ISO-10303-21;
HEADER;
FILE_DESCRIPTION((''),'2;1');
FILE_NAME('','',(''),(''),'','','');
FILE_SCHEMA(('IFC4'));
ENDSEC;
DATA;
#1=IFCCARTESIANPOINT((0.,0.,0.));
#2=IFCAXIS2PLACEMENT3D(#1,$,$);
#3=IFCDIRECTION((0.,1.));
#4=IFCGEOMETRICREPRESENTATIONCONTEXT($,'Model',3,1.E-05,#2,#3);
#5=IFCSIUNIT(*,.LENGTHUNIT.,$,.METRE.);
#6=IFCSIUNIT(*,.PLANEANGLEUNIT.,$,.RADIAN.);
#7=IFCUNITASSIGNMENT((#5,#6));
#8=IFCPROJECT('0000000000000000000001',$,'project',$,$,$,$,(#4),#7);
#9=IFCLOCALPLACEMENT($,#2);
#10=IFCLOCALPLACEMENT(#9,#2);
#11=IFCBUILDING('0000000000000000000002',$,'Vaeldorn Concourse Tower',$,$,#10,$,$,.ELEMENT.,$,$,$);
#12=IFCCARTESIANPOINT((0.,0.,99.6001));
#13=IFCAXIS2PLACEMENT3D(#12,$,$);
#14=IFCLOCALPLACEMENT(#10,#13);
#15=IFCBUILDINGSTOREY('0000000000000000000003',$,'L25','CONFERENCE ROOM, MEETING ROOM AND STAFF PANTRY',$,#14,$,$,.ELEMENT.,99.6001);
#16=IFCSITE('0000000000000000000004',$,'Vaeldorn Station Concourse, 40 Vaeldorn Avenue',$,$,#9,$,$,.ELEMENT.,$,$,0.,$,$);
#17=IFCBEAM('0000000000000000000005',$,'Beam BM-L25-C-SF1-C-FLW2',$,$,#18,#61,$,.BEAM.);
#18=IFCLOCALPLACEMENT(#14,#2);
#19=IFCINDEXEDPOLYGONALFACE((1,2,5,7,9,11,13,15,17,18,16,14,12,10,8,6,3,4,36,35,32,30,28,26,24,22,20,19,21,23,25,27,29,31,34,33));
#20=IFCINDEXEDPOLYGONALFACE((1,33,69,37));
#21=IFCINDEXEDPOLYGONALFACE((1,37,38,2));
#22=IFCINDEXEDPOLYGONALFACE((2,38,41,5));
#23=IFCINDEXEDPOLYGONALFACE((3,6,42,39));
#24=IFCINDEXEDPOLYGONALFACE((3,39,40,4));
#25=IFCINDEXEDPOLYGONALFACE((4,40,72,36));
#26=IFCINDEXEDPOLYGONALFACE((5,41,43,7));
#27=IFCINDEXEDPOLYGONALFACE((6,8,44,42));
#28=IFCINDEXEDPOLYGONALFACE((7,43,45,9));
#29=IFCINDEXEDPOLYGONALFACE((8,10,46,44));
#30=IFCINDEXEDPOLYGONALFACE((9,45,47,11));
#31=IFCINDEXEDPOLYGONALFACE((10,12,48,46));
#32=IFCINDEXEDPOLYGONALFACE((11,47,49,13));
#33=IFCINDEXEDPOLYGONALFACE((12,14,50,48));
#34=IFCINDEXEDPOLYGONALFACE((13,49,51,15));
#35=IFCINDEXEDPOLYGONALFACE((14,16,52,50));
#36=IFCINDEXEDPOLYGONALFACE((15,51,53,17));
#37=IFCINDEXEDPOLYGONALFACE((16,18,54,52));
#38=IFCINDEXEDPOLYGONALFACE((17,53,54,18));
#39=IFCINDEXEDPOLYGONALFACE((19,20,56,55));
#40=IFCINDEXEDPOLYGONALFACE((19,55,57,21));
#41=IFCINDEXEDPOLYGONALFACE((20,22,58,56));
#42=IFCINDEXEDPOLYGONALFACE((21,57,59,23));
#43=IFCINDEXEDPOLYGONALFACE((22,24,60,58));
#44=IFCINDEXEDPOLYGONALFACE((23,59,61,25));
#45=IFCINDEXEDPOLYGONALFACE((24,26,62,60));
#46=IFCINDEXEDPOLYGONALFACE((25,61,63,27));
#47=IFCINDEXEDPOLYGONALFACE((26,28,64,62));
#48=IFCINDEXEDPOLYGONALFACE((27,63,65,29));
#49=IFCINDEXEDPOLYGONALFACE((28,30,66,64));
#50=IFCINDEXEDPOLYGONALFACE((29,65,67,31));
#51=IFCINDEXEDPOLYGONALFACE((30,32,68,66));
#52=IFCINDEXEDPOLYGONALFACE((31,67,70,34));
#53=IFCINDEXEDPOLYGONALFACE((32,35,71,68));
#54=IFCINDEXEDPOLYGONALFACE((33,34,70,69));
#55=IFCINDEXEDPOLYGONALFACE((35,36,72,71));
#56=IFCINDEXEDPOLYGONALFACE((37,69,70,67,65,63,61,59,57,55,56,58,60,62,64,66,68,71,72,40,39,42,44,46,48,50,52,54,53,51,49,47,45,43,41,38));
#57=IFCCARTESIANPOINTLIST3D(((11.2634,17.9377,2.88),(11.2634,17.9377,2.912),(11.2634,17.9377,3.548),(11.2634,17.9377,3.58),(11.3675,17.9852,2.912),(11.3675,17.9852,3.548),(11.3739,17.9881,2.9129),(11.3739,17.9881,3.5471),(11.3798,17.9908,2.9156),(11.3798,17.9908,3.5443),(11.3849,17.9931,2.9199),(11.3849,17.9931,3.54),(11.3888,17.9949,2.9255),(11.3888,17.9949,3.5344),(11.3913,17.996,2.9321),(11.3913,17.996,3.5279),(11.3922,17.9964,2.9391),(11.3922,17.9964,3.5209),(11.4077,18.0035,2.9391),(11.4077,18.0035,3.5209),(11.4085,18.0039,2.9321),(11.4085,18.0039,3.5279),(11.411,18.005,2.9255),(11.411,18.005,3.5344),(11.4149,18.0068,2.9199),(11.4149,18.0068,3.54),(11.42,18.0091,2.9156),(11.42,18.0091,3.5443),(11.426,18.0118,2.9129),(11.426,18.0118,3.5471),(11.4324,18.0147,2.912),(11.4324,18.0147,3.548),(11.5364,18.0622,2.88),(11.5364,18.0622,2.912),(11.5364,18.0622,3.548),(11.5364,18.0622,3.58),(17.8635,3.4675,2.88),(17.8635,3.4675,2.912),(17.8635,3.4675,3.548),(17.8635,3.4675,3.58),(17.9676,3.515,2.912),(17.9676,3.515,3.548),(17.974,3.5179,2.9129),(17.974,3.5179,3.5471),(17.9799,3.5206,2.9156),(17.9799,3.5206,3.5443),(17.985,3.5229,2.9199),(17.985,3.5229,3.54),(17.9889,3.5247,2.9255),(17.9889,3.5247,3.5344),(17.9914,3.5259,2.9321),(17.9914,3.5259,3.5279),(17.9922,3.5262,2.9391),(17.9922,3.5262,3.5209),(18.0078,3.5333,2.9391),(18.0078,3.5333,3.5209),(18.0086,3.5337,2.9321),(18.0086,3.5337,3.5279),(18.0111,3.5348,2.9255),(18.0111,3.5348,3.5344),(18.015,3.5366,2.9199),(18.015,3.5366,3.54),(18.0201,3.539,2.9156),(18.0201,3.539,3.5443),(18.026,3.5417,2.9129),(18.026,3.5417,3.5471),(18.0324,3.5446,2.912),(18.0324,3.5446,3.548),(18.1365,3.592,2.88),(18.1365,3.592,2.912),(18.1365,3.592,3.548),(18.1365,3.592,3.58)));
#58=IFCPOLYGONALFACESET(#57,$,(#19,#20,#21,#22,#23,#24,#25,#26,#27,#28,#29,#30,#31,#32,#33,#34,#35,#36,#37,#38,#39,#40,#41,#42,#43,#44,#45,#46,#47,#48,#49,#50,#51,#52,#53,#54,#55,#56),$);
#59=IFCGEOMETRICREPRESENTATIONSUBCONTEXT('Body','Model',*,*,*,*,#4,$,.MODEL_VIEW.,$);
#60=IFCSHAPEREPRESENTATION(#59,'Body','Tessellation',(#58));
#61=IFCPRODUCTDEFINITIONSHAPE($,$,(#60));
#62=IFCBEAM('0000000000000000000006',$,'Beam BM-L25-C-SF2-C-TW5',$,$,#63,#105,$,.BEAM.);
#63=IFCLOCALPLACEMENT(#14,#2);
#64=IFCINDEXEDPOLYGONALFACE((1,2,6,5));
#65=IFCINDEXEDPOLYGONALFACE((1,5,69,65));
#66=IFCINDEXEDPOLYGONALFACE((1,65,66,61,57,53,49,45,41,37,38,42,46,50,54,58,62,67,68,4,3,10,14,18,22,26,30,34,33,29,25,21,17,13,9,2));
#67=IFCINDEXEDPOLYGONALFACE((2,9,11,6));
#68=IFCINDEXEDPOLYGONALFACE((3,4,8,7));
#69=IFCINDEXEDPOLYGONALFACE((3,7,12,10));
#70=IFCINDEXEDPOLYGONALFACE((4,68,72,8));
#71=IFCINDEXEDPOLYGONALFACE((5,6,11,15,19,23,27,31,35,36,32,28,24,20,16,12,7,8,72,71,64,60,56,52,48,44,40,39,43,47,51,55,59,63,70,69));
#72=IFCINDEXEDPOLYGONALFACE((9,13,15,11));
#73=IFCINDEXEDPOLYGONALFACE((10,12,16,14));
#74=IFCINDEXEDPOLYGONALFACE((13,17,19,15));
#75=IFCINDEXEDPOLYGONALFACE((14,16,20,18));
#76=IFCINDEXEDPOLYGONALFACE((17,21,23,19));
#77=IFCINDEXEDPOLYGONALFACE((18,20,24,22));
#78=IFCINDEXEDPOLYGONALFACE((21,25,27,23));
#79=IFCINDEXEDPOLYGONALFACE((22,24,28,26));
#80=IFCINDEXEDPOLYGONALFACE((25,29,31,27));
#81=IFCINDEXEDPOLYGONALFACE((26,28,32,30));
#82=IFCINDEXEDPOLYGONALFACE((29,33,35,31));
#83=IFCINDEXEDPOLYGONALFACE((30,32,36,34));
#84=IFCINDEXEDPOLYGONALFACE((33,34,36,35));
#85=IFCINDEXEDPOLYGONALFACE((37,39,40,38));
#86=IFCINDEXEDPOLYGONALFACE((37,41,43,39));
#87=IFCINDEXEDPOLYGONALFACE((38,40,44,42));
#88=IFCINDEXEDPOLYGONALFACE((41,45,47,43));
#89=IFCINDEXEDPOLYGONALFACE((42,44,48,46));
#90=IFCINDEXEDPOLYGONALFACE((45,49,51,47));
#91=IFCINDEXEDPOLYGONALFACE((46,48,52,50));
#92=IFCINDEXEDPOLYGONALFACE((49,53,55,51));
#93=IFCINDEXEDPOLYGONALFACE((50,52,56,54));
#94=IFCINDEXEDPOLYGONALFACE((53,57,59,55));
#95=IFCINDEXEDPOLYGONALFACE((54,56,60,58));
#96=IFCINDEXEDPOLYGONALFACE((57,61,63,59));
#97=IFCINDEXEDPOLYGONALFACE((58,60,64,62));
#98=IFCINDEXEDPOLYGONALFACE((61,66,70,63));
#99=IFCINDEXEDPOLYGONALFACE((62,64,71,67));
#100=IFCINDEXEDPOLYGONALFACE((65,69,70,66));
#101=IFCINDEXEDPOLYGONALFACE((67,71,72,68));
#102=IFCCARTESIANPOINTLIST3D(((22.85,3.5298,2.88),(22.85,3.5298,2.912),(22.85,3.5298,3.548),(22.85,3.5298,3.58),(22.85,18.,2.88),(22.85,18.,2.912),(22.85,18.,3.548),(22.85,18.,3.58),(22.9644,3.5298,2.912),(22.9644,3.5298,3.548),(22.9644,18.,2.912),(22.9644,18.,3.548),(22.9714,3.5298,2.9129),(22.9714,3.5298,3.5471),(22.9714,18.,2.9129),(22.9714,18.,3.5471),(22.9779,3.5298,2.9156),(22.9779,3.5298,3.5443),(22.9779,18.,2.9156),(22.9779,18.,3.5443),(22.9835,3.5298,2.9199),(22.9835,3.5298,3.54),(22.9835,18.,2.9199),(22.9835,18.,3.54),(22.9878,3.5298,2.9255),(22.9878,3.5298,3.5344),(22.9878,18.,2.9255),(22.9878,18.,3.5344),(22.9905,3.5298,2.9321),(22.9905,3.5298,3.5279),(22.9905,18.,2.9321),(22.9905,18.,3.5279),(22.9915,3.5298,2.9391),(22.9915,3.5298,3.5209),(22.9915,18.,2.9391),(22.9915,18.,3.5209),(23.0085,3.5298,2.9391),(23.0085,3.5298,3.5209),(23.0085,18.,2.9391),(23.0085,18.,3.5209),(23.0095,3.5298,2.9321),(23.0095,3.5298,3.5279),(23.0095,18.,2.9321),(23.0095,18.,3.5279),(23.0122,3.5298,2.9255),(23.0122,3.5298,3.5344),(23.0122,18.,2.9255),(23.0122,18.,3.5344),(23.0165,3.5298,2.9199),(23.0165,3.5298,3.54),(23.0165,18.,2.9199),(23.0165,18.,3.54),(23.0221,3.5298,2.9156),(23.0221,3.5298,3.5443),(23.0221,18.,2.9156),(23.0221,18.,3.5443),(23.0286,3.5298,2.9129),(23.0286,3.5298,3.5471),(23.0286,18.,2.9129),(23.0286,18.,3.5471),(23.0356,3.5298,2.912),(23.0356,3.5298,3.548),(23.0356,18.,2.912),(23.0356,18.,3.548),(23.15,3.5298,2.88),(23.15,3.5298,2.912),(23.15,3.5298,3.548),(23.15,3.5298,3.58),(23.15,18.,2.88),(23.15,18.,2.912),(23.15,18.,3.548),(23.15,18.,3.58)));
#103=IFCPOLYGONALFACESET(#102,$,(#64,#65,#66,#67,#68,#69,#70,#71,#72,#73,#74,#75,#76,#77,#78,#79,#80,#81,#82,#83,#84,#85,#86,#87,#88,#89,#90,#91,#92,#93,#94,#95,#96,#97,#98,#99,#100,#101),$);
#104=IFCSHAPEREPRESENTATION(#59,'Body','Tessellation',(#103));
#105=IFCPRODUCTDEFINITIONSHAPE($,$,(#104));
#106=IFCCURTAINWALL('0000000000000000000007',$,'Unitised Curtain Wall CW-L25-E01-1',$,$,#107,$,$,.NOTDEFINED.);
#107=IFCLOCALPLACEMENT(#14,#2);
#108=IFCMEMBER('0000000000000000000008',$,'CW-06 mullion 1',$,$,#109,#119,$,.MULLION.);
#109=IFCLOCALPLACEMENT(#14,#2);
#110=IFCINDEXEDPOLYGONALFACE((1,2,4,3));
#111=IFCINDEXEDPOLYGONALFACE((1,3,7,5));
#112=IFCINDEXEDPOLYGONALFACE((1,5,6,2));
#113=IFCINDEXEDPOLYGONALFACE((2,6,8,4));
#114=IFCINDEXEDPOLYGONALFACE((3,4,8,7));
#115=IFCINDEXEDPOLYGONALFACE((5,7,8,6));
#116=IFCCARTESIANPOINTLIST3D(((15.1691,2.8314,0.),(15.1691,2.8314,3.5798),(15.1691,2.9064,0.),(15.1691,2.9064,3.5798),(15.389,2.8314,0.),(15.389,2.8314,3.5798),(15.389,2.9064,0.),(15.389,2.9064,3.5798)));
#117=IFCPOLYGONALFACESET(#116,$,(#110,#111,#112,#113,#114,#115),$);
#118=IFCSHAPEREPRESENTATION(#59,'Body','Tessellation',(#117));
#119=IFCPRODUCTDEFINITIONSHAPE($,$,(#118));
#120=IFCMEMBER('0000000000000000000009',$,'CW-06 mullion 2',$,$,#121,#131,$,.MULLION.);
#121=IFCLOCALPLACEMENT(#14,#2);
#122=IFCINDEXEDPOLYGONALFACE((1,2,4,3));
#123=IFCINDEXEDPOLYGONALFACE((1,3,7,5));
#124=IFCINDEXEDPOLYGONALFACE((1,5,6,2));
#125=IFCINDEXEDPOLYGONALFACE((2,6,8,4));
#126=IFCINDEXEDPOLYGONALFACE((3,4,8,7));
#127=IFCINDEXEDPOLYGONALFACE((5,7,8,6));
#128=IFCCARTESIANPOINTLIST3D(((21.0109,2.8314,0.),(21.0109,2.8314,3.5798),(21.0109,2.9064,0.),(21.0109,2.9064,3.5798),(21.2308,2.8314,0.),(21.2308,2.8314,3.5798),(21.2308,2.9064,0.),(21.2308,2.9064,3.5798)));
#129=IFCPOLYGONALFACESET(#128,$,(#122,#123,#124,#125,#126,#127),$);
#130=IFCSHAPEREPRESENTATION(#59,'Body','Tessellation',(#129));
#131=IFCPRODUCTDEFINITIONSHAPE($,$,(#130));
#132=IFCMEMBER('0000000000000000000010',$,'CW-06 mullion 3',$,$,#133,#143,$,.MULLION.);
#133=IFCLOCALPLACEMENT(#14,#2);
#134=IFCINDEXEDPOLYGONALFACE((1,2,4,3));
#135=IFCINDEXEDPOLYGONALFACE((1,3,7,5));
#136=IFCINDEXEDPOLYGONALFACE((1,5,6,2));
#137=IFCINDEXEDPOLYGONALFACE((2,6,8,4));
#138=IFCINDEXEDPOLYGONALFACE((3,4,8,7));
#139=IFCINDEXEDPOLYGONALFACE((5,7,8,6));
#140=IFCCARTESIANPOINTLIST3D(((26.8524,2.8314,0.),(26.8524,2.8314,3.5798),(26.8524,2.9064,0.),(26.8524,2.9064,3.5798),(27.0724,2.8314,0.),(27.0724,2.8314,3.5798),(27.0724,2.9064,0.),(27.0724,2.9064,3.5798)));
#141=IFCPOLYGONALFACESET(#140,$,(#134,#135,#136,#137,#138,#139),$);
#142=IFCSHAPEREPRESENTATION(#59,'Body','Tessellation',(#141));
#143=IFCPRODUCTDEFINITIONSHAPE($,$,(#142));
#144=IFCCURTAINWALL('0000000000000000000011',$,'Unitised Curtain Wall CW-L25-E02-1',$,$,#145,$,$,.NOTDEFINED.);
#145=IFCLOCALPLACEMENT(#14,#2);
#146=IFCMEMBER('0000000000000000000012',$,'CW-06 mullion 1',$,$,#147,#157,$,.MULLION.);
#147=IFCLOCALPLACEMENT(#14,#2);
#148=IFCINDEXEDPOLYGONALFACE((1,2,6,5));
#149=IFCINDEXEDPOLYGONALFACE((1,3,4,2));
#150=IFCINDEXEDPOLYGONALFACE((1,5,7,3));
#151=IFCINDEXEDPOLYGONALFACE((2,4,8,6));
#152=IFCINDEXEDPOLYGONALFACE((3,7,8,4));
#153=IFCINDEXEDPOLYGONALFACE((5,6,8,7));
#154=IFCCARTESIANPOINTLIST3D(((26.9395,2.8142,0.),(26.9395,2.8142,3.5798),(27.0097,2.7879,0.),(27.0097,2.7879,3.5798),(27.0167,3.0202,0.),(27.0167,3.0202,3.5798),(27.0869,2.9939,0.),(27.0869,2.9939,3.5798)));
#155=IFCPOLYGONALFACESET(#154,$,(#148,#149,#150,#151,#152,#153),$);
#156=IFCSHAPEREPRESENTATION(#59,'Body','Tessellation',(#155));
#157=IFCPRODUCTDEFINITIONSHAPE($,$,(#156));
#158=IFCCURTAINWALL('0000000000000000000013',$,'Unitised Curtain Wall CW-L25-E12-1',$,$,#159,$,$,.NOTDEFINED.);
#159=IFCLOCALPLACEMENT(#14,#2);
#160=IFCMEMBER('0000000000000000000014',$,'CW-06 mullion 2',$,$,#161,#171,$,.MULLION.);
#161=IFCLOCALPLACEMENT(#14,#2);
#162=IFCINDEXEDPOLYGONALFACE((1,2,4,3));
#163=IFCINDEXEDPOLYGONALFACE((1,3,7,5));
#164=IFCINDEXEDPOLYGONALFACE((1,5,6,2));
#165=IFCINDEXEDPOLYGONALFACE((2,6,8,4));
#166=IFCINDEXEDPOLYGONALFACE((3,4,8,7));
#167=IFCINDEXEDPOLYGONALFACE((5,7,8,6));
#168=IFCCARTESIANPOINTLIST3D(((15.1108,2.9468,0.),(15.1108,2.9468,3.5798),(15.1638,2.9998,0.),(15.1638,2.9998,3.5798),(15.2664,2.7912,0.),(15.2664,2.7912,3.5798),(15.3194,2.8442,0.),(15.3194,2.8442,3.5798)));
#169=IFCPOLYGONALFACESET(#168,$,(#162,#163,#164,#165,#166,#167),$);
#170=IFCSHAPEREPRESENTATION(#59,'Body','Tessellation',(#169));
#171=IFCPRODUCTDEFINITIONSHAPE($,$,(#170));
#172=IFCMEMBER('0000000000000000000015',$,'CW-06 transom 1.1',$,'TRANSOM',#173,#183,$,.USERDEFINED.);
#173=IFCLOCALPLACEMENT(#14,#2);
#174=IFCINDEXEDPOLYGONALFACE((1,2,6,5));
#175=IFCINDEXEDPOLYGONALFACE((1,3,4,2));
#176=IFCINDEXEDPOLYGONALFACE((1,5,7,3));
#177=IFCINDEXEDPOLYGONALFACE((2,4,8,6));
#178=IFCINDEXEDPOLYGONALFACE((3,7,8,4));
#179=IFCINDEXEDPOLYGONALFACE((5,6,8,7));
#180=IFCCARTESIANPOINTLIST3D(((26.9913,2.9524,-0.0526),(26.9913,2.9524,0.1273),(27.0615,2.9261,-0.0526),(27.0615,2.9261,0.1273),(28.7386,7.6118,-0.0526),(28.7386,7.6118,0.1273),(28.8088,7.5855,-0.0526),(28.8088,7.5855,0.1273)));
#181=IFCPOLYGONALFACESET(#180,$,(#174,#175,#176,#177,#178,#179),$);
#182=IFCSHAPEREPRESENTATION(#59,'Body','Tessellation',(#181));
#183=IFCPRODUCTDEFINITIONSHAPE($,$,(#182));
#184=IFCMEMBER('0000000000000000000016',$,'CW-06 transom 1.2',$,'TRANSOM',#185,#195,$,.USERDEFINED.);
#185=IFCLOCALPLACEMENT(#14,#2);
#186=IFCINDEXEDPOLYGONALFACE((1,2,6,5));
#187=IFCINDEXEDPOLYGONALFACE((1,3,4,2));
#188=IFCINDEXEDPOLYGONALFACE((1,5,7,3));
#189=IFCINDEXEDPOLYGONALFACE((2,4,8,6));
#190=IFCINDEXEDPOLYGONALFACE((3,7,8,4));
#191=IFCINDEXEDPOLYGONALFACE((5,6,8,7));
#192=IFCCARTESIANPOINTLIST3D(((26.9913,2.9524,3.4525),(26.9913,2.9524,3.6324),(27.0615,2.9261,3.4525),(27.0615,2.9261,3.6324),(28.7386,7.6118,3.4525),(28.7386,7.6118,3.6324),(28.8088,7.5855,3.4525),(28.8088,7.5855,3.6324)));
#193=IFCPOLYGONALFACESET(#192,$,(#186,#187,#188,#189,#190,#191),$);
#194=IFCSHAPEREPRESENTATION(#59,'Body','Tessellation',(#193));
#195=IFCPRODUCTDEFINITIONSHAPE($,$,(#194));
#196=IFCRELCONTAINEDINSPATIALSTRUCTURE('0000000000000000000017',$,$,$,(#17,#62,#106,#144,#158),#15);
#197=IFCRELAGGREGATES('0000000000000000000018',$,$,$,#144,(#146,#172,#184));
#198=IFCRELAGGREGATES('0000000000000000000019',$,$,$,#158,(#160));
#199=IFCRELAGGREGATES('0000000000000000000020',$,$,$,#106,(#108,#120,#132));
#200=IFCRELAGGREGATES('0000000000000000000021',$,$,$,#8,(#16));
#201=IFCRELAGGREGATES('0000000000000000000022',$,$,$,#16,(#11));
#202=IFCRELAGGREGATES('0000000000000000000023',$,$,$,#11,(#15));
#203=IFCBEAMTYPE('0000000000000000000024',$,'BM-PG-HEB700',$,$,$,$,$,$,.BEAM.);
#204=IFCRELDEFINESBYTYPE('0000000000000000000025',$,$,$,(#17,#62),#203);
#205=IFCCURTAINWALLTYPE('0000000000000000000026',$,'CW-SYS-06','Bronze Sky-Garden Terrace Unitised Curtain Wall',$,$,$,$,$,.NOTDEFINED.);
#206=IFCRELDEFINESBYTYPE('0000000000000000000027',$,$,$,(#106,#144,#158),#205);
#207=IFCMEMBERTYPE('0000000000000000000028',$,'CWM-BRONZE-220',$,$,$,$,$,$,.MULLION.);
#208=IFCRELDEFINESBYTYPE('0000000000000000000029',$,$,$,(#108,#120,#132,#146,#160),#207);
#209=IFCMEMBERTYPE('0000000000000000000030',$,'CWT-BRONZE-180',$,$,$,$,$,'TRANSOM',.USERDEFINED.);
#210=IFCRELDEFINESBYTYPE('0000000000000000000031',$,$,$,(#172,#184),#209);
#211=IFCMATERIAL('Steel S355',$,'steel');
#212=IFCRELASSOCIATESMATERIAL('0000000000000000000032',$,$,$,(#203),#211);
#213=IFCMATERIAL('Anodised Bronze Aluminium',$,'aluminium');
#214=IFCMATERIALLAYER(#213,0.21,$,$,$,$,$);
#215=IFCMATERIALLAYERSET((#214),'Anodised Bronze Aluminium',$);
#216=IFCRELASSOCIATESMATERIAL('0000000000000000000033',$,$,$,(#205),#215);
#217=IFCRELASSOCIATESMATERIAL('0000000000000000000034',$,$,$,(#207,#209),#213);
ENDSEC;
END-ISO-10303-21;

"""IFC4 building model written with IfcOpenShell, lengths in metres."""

from ifc_helpers import new_model, si_unit, direction, frame, origin, origin_2d, place, context, subcontext, project, spatial, rectangle, i_section, extrude, source, transform, mapped, material, layer, layer_set, material_profile, profile_set, type_object, element, aggregate, save


model = new_model("IFC4")

# Units and contexts
model_context = context("Model", 3, precision=1e-05, world=origin(), true_north=direction((0.0, 1.0)))
body_context = subcontext(model_context, "Body", "Model", "MODEL_VIEW")
ifc_project = project(units=[si_unit("LENGTHUNIT", "METRE"), si_unit("PLANEANGLEUNIT", "RADIAN")], contexts=[model_context])

# Site, building, storey
site_placement = place(None, origin())
site = spatial("IfcSite", under=ifc_project, at=site_placement, Name="Vaeldorn Station Concourse, 40 Vaeldorn Avenue", CompositionType="ELEMENT", RefElevation=0.0)
building_placement = place(site_placement, origin())
building = spatial("IfcBuilding", under=site, at=building_placement, Name="Vaeldorn Concourse Tower", CompositionType="ELEMENT")
storey_placement = place(building_placement, frame((0.0, 0.0, 99.6001)))
storey = spatial("IfcBuildingStorey", under=building, at=storey_placement, Name="L25", Description="CONFERENCE ROOM, MEETING ROOM AND STAFF PANTRY", CompositionType="ELEMENT", Elevation=99.6001)

# Beams
ifc_material_1 = material(Name="Steel S355", Category="steel")
ifc_material_profile_1 = material_profile(ifc_material_1, i_section(OverallWidth=0.3, OverallDepth=0.7, WebThickness=0.0171, FlangeThickness=0.032, FilletRadius=0.0271, at=origin_2d()), Name="HEB 700")
ifc_profile_set_1 = profile_set([ifc_material_profile_1], Name="Steel S355")
beam_type_1 = type_object("IfcBeamType", Name="BM-PG-HEB700", PredefinedType="BEAM", material=ifc_profile_set_1)
shared_shape_1 = source(origin(), body_context, "Body", "SweptSolid", [
    extrude(i_section(OverallWidth=0.3, OverallDepth=0.7, WebThickness=0.0171, FlangeThickness=0.032, FilletRadius=0.0271, at=origin_2d()), origin(), (0.0, 0.0, 1.0), 15.9043),
])
beam_1_placement = place(storey_placement, frame((18.0, 3.5298, 3.23), z_axis=(-0.414987, 0.909827, 0.0), x_axis=(-0.909827, -0.414987, 0.0)))
element("IfcBeam", 1, at=beam_1_placement, inside=storey, type_object=beam_type_1, Name="Beam BM-L25-C-SF1-C-FLW2", PredefinedType="BEAM", context=body_context, shape_type="MappedRepresentation", body=[
    mapped(shared_shape_1, transform((0.0, 0.0, 0.0), scale=1.0)),
])
shared_shape_2 = source(origin(), body_context, "Body", "SweptSolid", [
    extrude(i_section(OverallWidth=0.3, OverallDepth=0.7, WebThickness=0.0171, FlangeThickness=0.032, FilletRadius=0.0271, at=origin_2d()), origin(), (0.0, 0.0, 1.0), 14.4702),
])
beam_2_placement = place(storey_placement, frame((23.0, 3.5298, 3.23), z_axis=(0.0, 1.0, 0.0), x_axis=(-1.0, 0.0, 0.0)))
element("IfcBeam", 2, at=beam_2_placement, inside=storey, type_object=beam_type_1, Name="Beam BM-L25-C-SF2-C-TW5", PredefinedType="BEAM", context=body_context, shape_type="MappedRepresentation", body=[
    mapped(shared_shape_2, transform((0.0, 0.0, 0.0), scale=1.0)),
])

# Curtain wall, members
ifc_material_2 = material(Name="Anodised Bronze Aluminium", Category="aluminium")
ifc_layer_1 = layer(ifc_material_2, 0.21)
ifc_layer_set_1 = layer_set([ifc_layer_1], Name="Anodised Bronze Aluminium")
curtain_wall_type = type_object("IfcCurtainWallType", Name="CW-SYS-06", Description="Bronze Sky-Garden Terrace Unitised Curtain Wall", PredefinedType="NOTDEFINED", material=ifc_layer_set_1)
curtain_wall_1_placement = place(storey_placement, origin())
curtain_wall_1 = element("IfcCurtainWall", 3, at=curtain_wall_1_placement, inside=storey, type_object=curtain_wall_type, Name="Unitised Curtain Wall CW-L25-E01-1", PredefinedType="NOTDEFINED")
ifc_material_profile_2 = material_profile(ifc_material_2, rectangle(XDim=0.075, YDim=0.22, at=origin_2d()), Name="CWM 75x220")
ifc_profile_set_2 = profile_set([ifc_material_profile_2], Name="Anodised Bronze Aluminium")
member_type_1 = type_object("IfcMemberType", Name="CWM-BRONZE-220", PredefinedType="MULLION", material=ifc_profile_set_2)
shared_shape_3 = source(origin(), body_context, "Body", "SweptSolid", [
    extrude(rectangle(XDim=0.075, YDim=0.22, at=origin_2d()), origin(), (0.0, 0.0, 1.0), 3.5798),
])
member_1_placement = place(storey_placement, frame((15.2791, 2.8689, 0.0), z_axis=(0.0, 0.0, 1.0), x_axis=(0.0, 1.0, 0.0)))
member_1 = element("IfcMember", 4, at=member_1_placement, type_object=member_type_1, Name="CW-06 mullion 1", PredefinedType="MULLION", context=body_context, shape_type="MappedRepresentation", body=[
    mapped(shared_shape_3, transform((0.0, 0.0, 0.0), scale=1.0)),
])
member_2_placement = place(storey_placement, frame((21.1208, 2.8689, 0.0), z_axis=(0.0, 0.0, 1.0), x_axis=(0.0, 1.0, 0.0)))
member_2 = element("IfcMember", 5, at=member_2_placement, type_object=member_type_1, Name="CW-06 mullion 2", PredefinedType="MULLION", context=body_context, shape_type="MappedRepresentation", body=[
    mapped(shared_shape_3, transform((0.0, 0.0, 0.0), scale=1.0)),
])
member_3_placement = place(storey_placement, frame((26.9624, 2.8689, 0.0), z_axis=(0.0, 0.0, 1.0), x_axis=(0.0, 1.0, 0.0)))
member_3 = element("IfcMember", 6, at=member_3_placement, type_object=member_type_1, Name="CW-06 mullion 3", PredefinedType="MULLION", context=body_context, shape_type="MappedRepresentation", body=[
    mapped(shared_shape_3, transform((0.0, 0.0, 0.0), scale=1.0)),
])

# Curtain walls, members
curtain_wall_2_placement = place(storey_placement, origin())
curtain_wall_2 = element("IfcCurtainWall", 7, at=curtain_wall_2_placement, inside=storey, type_object=curtain_wall_type, Name="Unitised Curtain Wall CW-L25-E02-1", PredefinedType="NOTDEFINED")
member_4_placement = place(storey_placement, frame((27.0132, 2.9041, 0.0), z_axis=(0.0, 0.0, 1.0), x_axis=(-0.936329, 0.351123, 0.0)))
member_4 = element("IfcMember", 8, at=member_4_placement, type_object=member_type_1, Name="CW-06 mullion 1", PredefinedType="MULLION", context=body_context, shape_type="MappedRepresentation", body=[
    mapped(shared_shape_3, transform((0.0, 0.0, 0.0), scale=1.0)),
])
curtain_wall_3_placement = place(storey_placement, origin())
curtain_wall_3 = element("IfcCurtainWall", 9, at=curtain_wall_3_placement, inside=storey, type_object=curtain_wall_type, Name="Unitised Curtain Wall CW-L25-E12-1", PredefinedType="NOTDEFINED")
member_5_placement = place(storey_placement, frame((15.2151, 2.8955, 0.0), z_axis=(0.0, 0.0, 1.0), x_axis=(0.707107, 0.707107, 0.0)))
member_5 = element("IfcMember", 10, at=member_5_placement, type_object=member_type_1, Name="CW-06 mullion 2", PredefinedType="MULLION", context=body_context, shape_type="MappedRepresentation", body=[
    mapped(shared_shape_3, transform((0.0, 0.0, 0.0), scale=1.0)),
])

# Members
ifc_material_profile_3 = material_profile(ifc_material_2, rectangle(XDim=0.075, YDim=0.1799, at=origin_2d()), Name="CWT 75x180")
ifc_profile_set_3 = profile_set([ifc_material_profile_3], Name="Anodised Bronze Aluminium")
member_type_2 = type_object("IfcMemberType", Name="CWT-BRONZE-180", ElementType="TRANSOM", PredefinedType="USERDEFINED", material=ifc_profile_set_3)
shared_shape_4 = source(origin(), body_context, "Body", "SweptSolid", [
    extrude(rectangle(XDim=0.075, YDim=0.1799, at=origin_2d()), origin(), (0.0, 0.0, 1.0), 4.9763),
])
member_6_placement = place(storey_placement, frame((27.0264, 2.9392, 0.0374), z_axis=(0.351129, 0.936327, 0.0), x_axis=(-0.936327, 0.351129, 0.0)))
member_6 = element("IfcMember", 11, at=member_6_placement, type_object=member_type_2, Name="CW-06 transom 1.1", ObjectType="TRANSOM", PredefinedType="USERDEFINED", context=body_context, shape_type="MappedRepresentation", body=[
    mapped(shared_shape_4, transform((0.0, 0.0, 0.0), scale=1.0)),
])
member_7_placement = place(storey_placement, frame((27.0264, 2.9392, 3.5425), z_axis=(0.351129, 0.936327, 0.0), x_axis=(-0.936327, 0.351129, 0.0)))
member_7 = element("IfcMember", 12, at=member_7_placement, type_object=member_type_2, Name="CW-06 transom 1.2", ObjectType="TRANSOM", PredefinedType="USERDEFINED", context=body_context, shape_type="MappedRepresentation", body=[
    mapped(shared_shape_4, transform((0.0, 0.0, 0.0), scale=1.0)),
])
aggregate(curtain_wall_2, [member_4, member_6, member_7])

aggregate(curtain_wall_3, [member_5])
aggregate(curtain_wall_1, [member_1, member_2, member_3])

save(model, "model.ifc")
